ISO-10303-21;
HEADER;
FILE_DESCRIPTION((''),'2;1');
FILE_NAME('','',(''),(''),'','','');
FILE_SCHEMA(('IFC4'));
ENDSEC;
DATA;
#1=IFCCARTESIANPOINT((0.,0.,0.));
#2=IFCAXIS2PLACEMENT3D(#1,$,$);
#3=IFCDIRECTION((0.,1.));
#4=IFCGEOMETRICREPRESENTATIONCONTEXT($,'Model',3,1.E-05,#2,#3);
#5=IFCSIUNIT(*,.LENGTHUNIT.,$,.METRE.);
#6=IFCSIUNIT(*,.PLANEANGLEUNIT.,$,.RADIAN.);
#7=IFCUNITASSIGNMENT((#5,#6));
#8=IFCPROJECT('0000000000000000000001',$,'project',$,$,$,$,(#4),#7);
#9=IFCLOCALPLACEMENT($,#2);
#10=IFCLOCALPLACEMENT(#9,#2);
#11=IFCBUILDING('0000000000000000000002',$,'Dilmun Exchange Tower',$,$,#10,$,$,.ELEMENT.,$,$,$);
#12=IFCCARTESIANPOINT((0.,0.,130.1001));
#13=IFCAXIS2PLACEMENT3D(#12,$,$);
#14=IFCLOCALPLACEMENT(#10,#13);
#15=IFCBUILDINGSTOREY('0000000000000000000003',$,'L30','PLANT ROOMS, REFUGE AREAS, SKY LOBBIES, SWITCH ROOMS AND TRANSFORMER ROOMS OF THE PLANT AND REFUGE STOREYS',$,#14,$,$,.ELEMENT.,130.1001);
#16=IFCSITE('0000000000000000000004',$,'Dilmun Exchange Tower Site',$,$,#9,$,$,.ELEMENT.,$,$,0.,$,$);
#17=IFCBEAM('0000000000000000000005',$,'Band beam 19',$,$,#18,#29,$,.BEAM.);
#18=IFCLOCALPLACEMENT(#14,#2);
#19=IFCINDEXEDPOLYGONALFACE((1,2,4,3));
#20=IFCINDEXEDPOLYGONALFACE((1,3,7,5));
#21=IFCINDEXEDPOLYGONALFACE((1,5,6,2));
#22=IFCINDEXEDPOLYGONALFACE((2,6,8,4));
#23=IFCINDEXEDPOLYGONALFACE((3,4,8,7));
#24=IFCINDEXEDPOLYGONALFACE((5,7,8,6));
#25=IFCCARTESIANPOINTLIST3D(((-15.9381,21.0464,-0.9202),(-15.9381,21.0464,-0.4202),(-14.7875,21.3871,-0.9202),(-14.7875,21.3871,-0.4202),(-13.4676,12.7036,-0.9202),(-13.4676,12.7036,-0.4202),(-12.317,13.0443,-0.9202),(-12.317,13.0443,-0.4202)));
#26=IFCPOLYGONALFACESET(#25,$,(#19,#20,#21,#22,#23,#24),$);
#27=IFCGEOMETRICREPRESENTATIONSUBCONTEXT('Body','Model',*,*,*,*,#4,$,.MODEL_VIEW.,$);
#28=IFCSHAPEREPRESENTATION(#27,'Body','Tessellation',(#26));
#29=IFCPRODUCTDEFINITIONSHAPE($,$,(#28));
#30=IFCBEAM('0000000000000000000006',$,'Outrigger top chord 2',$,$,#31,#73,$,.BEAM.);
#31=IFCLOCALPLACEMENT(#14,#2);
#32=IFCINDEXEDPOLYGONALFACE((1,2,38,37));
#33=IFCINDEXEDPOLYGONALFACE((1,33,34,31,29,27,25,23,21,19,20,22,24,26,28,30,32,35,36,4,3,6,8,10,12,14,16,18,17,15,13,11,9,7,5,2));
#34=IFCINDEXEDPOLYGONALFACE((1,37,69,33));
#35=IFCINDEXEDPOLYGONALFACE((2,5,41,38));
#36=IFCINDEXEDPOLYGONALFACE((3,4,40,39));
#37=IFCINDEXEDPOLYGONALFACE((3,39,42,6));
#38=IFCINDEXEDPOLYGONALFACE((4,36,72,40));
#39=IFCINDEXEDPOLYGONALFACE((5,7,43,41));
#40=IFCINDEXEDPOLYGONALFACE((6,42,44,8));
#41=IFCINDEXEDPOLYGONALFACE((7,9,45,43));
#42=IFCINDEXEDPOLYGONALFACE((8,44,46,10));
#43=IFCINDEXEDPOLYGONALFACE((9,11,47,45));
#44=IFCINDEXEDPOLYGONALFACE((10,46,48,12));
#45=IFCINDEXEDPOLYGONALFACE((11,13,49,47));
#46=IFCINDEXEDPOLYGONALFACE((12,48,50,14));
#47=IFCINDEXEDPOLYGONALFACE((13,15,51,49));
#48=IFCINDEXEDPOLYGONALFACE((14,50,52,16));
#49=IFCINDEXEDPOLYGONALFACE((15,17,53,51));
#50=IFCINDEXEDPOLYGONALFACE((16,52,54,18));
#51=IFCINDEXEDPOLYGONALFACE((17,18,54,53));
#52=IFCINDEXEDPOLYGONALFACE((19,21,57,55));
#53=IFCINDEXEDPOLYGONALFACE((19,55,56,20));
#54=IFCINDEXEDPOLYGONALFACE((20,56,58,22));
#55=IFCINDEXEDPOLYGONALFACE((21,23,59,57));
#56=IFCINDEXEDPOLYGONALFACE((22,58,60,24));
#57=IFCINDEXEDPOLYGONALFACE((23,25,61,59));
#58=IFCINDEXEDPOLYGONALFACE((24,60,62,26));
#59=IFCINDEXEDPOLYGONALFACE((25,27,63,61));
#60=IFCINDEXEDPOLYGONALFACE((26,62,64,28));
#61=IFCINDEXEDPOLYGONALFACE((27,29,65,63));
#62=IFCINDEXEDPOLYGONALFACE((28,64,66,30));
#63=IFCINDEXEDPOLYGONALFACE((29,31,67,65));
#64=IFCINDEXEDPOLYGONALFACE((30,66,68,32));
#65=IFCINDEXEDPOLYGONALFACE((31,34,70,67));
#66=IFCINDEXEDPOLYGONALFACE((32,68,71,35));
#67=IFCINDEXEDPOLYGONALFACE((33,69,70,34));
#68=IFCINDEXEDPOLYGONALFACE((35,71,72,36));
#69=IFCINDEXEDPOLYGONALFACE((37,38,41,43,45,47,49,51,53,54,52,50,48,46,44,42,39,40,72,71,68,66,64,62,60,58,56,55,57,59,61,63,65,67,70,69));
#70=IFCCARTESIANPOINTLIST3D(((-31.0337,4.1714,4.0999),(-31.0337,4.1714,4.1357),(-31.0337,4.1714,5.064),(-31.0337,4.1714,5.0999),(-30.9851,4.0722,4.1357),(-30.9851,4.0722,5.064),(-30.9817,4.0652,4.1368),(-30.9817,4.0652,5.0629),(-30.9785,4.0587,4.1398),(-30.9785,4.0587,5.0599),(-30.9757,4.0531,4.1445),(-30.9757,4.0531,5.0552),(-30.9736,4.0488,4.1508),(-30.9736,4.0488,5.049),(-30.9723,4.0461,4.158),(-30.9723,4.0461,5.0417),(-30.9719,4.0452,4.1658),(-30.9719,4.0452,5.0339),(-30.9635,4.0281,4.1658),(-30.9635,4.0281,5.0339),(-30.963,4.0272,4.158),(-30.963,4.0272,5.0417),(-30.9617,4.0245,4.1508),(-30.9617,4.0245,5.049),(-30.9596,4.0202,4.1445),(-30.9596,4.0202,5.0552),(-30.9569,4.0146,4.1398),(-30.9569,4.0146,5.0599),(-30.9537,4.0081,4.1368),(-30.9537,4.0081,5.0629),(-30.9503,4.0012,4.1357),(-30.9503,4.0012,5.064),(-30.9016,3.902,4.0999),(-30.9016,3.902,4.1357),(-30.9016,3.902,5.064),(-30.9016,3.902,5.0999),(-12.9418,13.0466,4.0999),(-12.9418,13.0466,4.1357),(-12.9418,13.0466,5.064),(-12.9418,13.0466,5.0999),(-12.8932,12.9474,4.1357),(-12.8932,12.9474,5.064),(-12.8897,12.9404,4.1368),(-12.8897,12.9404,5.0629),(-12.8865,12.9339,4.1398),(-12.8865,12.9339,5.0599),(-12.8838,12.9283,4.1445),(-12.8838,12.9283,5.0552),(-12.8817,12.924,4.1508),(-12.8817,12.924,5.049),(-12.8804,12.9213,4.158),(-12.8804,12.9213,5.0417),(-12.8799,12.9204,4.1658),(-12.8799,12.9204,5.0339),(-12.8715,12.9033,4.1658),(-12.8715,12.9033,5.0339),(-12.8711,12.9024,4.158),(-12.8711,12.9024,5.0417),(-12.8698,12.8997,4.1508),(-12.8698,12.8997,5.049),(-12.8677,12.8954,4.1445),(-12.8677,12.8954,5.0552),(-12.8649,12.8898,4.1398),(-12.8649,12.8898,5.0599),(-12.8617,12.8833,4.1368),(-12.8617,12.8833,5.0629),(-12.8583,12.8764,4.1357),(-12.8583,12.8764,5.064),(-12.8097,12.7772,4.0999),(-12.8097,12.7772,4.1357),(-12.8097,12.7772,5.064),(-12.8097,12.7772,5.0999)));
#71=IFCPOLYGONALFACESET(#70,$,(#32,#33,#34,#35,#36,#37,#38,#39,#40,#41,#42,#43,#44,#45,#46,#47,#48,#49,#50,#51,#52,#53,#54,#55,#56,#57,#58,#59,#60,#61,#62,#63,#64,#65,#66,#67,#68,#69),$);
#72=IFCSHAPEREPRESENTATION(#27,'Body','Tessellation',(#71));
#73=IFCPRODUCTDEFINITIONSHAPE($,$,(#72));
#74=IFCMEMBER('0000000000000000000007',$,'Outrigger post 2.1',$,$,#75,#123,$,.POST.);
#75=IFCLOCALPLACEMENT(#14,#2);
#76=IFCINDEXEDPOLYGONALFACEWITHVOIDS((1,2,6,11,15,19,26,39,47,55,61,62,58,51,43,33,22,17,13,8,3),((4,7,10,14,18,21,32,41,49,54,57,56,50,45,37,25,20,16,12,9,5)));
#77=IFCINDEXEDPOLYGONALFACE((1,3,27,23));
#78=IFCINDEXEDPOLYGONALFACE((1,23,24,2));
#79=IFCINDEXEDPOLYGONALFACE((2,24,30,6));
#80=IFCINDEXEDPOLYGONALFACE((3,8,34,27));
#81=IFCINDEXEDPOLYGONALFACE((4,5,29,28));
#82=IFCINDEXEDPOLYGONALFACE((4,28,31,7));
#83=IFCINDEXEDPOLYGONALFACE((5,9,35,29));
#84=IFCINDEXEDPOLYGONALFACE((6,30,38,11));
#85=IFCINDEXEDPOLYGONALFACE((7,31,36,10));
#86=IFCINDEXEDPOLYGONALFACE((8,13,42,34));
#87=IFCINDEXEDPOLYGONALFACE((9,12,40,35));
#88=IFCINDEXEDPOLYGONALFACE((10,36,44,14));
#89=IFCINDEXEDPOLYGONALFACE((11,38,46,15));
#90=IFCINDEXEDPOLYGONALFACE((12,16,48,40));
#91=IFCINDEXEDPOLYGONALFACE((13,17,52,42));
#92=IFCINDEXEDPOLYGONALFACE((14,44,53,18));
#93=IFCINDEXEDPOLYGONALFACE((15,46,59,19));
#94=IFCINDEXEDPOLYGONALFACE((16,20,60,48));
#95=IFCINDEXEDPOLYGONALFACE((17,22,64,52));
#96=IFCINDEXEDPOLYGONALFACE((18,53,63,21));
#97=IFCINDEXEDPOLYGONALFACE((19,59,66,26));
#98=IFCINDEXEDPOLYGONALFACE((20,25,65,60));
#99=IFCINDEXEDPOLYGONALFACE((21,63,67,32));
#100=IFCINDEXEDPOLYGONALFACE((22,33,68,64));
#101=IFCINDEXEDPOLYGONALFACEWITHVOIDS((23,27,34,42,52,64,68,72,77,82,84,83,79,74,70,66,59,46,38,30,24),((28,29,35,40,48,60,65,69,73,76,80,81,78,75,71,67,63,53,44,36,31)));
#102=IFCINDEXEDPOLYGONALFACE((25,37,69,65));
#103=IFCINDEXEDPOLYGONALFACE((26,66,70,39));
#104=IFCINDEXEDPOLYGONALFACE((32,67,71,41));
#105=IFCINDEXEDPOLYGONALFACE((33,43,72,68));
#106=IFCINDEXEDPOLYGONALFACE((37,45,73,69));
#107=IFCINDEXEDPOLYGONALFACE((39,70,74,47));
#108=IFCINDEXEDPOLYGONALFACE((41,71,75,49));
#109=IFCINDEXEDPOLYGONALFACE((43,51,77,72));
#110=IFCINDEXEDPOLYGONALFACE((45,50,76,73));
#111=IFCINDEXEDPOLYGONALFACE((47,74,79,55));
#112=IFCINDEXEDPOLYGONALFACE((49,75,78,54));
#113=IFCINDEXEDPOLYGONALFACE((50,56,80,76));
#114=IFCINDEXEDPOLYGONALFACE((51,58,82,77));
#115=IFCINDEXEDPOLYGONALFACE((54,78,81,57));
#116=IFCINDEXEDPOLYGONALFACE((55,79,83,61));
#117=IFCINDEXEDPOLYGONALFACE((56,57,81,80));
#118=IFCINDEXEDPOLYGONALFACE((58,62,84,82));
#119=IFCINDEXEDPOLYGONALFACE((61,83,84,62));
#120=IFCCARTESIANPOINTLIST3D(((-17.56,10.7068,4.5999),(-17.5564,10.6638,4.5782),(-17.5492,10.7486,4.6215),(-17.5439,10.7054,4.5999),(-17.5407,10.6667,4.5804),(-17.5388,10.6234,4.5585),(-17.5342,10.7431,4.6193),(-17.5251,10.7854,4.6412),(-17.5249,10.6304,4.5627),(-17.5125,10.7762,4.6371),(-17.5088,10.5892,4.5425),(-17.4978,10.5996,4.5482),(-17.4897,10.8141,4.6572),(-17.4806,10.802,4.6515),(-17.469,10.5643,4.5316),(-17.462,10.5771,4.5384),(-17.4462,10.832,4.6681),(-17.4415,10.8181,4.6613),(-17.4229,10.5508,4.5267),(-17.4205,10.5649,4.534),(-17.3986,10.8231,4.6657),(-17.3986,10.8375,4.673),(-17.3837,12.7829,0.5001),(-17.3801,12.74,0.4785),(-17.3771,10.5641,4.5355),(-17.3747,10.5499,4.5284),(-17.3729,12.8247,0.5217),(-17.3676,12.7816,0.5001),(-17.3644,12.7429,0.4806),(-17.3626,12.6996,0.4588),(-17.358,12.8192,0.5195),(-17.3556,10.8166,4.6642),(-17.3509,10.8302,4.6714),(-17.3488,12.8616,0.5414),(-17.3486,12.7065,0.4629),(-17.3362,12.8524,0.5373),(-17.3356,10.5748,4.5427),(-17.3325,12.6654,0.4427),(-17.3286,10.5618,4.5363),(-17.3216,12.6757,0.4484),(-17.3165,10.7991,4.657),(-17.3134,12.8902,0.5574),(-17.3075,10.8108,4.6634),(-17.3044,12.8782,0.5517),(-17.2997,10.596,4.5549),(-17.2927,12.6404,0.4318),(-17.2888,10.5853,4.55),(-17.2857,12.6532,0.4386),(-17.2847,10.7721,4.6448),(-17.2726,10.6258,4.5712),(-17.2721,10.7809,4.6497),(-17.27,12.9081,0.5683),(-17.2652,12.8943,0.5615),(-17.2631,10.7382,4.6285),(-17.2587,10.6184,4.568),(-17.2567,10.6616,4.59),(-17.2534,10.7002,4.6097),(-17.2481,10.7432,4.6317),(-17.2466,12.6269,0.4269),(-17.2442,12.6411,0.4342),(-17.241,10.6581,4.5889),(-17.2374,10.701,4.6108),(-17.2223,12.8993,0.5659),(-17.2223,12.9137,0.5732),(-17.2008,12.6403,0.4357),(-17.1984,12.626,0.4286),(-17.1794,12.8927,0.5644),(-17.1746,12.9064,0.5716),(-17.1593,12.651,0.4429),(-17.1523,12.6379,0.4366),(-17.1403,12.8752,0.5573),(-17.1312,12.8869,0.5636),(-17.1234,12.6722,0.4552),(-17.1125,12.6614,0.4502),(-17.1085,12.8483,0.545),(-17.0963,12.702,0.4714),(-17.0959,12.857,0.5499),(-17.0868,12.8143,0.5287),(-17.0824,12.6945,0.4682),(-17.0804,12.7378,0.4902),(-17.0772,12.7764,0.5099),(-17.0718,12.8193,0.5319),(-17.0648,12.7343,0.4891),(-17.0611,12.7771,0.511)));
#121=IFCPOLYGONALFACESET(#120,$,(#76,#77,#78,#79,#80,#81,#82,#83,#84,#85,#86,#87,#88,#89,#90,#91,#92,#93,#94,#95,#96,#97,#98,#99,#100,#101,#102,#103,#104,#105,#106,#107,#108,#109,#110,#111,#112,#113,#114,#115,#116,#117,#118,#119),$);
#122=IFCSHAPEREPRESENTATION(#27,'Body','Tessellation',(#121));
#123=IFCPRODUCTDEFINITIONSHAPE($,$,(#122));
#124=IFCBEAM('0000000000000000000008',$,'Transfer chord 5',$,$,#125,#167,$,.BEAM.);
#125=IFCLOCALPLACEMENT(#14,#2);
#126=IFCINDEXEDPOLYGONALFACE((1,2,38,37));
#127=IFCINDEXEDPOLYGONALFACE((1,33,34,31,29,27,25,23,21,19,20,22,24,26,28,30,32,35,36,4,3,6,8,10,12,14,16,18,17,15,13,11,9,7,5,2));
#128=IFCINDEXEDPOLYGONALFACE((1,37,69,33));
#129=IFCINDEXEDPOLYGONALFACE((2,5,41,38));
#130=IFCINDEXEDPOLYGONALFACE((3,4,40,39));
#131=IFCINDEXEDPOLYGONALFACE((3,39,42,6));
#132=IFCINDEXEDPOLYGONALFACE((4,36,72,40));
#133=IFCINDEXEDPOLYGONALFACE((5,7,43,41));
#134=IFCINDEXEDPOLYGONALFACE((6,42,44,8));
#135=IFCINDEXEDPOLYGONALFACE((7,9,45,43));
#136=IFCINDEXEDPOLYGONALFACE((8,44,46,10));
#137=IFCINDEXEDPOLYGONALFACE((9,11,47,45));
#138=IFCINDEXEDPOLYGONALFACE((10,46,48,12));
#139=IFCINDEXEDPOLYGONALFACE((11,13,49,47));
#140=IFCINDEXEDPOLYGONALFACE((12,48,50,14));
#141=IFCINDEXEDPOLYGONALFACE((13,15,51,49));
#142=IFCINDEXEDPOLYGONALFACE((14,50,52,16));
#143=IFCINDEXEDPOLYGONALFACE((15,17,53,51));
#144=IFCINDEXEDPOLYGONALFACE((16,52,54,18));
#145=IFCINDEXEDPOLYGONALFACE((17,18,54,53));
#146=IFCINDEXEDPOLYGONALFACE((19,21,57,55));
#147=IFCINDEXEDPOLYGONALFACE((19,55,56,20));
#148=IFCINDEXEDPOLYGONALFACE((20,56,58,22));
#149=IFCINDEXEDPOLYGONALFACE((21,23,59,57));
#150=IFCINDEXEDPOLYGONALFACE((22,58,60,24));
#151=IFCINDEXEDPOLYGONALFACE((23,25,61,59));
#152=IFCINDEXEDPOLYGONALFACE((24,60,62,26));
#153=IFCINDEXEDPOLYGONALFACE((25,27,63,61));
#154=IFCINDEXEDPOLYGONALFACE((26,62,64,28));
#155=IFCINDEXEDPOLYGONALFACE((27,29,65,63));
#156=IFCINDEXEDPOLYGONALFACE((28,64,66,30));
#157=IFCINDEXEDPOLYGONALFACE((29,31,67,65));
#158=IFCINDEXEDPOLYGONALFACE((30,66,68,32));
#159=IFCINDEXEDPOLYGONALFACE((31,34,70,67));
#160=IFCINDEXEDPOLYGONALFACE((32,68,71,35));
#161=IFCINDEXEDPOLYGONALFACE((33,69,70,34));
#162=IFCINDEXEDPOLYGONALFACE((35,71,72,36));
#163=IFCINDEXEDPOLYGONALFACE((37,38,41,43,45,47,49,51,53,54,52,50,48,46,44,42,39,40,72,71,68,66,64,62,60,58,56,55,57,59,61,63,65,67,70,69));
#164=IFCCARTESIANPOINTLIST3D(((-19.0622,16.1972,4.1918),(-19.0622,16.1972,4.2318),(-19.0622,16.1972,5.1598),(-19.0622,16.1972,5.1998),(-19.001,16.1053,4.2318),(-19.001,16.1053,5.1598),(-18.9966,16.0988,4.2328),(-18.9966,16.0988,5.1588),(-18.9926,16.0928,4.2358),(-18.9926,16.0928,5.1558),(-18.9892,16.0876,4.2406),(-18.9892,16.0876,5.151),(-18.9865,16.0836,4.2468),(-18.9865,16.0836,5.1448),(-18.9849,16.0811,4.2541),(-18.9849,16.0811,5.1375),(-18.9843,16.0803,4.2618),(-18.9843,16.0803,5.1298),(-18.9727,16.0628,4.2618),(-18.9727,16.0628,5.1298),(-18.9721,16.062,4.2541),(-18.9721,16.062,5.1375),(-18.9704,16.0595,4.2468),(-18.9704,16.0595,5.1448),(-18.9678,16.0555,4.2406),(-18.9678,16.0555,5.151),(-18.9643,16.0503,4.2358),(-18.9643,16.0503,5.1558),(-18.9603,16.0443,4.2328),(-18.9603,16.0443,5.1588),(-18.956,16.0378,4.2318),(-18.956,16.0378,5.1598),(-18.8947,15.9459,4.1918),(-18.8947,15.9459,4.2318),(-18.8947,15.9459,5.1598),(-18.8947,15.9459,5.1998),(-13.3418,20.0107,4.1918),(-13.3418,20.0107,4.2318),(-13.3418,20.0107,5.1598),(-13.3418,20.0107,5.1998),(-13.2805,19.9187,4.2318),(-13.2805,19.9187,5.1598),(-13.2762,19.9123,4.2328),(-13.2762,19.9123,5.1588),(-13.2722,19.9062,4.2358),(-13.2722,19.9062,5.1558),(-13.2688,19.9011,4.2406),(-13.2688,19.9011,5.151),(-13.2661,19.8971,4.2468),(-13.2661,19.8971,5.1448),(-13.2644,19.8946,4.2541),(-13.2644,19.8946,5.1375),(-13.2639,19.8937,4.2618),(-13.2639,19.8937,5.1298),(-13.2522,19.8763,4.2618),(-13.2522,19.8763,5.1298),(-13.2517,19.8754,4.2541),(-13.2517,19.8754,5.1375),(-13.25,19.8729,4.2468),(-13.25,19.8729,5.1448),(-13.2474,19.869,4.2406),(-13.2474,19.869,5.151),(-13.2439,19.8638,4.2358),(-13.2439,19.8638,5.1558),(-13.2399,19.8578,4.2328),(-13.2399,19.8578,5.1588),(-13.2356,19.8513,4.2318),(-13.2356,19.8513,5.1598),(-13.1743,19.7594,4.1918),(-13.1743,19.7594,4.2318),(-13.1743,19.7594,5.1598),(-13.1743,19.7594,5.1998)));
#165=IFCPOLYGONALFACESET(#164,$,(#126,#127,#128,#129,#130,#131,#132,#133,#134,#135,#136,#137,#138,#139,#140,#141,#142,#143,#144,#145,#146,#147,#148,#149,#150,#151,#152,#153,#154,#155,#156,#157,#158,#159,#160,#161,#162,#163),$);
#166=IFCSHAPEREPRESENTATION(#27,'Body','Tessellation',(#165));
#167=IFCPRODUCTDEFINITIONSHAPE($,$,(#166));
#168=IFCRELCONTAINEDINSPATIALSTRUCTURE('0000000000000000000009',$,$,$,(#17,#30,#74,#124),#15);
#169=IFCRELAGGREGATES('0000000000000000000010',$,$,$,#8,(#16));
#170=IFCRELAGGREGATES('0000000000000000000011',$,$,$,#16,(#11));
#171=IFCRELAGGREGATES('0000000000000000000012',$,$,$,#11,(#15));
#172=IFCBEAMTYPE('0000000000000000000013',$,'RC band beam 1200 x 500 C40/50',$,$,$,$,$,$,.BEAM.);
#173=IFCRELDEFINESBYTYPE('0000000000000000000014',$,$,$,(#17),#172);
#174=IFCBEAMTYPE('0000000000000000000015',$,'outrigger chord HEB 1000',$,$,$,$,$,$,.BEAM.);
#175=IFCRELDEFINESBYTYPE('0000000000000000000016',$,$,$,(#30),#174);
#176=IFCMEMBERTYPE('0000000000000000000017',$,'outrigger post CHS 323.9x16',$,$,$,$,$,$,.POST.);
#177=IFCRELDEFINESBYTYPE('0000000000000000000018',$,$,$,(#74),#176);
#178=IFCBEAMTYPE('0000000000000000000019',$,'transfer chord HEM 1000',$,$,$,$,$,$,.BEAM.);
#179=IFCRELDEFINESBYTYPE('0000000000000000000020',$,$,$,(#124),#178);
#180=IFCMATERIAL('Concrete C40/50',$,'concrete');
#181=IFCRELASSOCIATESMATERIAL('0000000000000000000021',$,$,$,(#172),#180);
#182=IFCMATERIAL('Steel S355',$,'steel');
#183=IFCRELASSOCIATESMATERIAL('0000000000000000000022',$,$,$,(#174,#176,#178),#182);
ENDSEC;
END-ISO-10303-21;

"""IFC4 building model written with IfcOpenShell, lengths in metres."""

from ifc_helpers import new_model, si_unit, direction, frame, origin, origin_2d, place, context, subcontext, project, spatial, rectangle, hollow_circle, i_section, extrude, material, material_profile, profile_set, type_object, element, save


model = new_model("IFC4")

# Units and contexts
model_context = context("Model", 3, precision=1e-05, world=origin(), true_north=direction((0.0, 1.0)))
body_context = subcontext(model_context, "Body", "Model", "MODEL_VIEW")
ifc_project = project(units=[si_unit("LENGTHUNIT", "METRE"), si_unit("PLANEANGLEUNIT", "RADIAN")], contexts=[model_context])

# Site, building, storey
site_placement = place(None, origin())
site = spatial("IfcSite", under=ifc_project, at=site_placement, Name="Dilmun Exchange Tower Site", CompositionType="ELEMENT", RefElevation=0.0)
building_placement = place(site_placement, origin())
building = spatial("IfcBuilding", under=site, at=building_placement, Name="Dilmun Exchange Tower", CompositionType="ELEMENT")
storey_placement = place(building_placement, frame((0.0, 0.0, 130.1001)))
storey = spatial("IfcBuildingStorey", under=building, at=storey_placement, Name="L30", Description="PLANT ROOMS, REFUGE AREAS, SKY LOBBIES, SWITCH ROOMS AND TRANSFORMER ROOMS OF THE PLANT AND REFUGE STOREYS", CompositionType="ELEMENT", Elevation=130.1001)

# Beams
ifc_material_1 = material(Name="Concrete C40/50", Category="concrete")
ifc_material_profile_1 = material_profile(ifc_material_1, rectangle(XDim=1.2, YDim=0.5, at=origin_2d()), Name="1200 x 500")
ifc_profile_set_1 = profile_set([ifc_material_profile_1], Name="Concrete C40/50")
beam_type_1 = type_object("IfcBeamType", Name="RC band beam 1200 x 500 C40/50", PredefinedType="BEAM", material=ifc_profile_set_1)
beam_1_placement = place(storey_placement, frame((-15.3628, 21.2168, -0.6702), z_axis=(0.283933, -0.958844, 0.0), x_axis=(0.958844, 0.283933, 0.0)))
element("IfcBeam", 1, at=beam_1_placement, inside=storey, type_object=beam_type_1, Name="Band beam 19", PredefinedType="BEAM", context=body_context, shape_type="SweptSolid", body=[
    extrude(rectangle(XDim=1.2, YDim=0.5, at=origin_2d()), origin(), (0.0, 0.0, 1.0), 8.7009),
])
ifc_material_2 = material(Name="Steel S355", Category="steel")
ifc_material_profile_2 = material_profile(ifc_material_2, i_section(OverallWidth=0.3, OverallDepth=1.0, WebThickness=0.019, FlangeThickness=0.0359, FilletRadius=0.03, at=origin_2d()), Name="HEB 1000")
ifc_profile_set_2 = profile_set([ifc_material_profile_2], Name="Steel S355")
beam_type_2 = type_object("IfcBeamType", Name="outrigger chord HEB 1000", PredefinedType="BEAM", material=ifc_profile_set_2)
beam_2_placement = place(storey_placement, frame((-12.8757, 12.9119, 4.5999), z_axis=(-0.897791, -0.440421, 0.0), x_axis=(0.440421, -0.897791, 0.0)))
element("IfcBeam", 2, at=beam_2_placement, inside=storey, type_object=beam_type_2, Name="Outrigger top chord 2", PredefinedType="BEAM", context=body_context, shape_type="SweptSolid", body=[
    extrude(i_section(OverallWidth=0.3, OverallDepth=1.0, WebThickness=0.019, FlangeThickness=0.0359, FilletRadius=0.03, at=origin_2d()), origin(), (0.0, 0.0, 1.0), 20.1516),
])

# Member
ifc_material_profile_3 = material_profile(ifc_material_2, hollow_circle(Radius=0.1619, WallThickness=0.0161, at=origin_2d()), Name="CHS 323.9x16")
ifc_profile_set_3 = profile_set([ifc_material_profile_3], Name="Steel S355")
member_type_1 = type_object("IfcMemberType", Name="outrigger post CHS 323.9x16", PredefinedType="POST", material=ifc_profile_set_3)
member_1_placement = place(storey_placement, frame((-17.3987, 10.6931, 4.5999), z_axis=(0.038328, 0.451445, -0.891476), x_axis=(-0.996415, 0.084597, 0.0)))
element("IfcMember", 3, at=member_1_placement, inside=storey, type_object=member_type_1, Name="Outrigger post 2.1", PredefinedType="POST", context=body_context, shape_type="SweptSolid", body=[
    extrude(hollow_circle(Radius=0.1619, WallThickness=0.0161, at=origin_2d()), origin(), (0.0, 0.0, 1.0), 4.5989),
])

# Beam
ifc_material_profile_4 = material_profile(ifc_material_2, i_section(OverallWidth=0.302, OverallDepth=1.0081, WebThickness=0.021, FlangeThickness=0.04, FilletRadius=0.03, at=origin_2d()), Name="HEM 1000")
ifc_profile_set_4 = profile_set([ifc_material_profile_4], Name="Steel S355")
beam_type_3 = type_object("IfcBeamType", Name="transfer chord HEM 1000", PredefinedType="BEAM", material=ifc_profile_set_4)
beam_3_placement = place(storey_placement, frame((-13.2581, 19.885, 4.6958), z_axis=(-0.832061, -0.554684, 0.0), x_axis=(0.554684, -0.832061, 0.0)))
element("IfcBeam", 4, at=beam_3_placement, inside=storey, type_object=beam_type_3, Name="Transfer chord 5", PredefinedType="BEAM", context=body_context, shape_type="SweptSolid", body=[
    extrude(i_section(OverallWidth=0.302, OverallDepth=1.0081, WebThickness=0.021, FlangeThickness=0.04, FilletRadius=0.03, at=origin_2d()), origin(), (0.0, 0.0, 1.0), 6.875),
])

save(model, "model.ifc")
